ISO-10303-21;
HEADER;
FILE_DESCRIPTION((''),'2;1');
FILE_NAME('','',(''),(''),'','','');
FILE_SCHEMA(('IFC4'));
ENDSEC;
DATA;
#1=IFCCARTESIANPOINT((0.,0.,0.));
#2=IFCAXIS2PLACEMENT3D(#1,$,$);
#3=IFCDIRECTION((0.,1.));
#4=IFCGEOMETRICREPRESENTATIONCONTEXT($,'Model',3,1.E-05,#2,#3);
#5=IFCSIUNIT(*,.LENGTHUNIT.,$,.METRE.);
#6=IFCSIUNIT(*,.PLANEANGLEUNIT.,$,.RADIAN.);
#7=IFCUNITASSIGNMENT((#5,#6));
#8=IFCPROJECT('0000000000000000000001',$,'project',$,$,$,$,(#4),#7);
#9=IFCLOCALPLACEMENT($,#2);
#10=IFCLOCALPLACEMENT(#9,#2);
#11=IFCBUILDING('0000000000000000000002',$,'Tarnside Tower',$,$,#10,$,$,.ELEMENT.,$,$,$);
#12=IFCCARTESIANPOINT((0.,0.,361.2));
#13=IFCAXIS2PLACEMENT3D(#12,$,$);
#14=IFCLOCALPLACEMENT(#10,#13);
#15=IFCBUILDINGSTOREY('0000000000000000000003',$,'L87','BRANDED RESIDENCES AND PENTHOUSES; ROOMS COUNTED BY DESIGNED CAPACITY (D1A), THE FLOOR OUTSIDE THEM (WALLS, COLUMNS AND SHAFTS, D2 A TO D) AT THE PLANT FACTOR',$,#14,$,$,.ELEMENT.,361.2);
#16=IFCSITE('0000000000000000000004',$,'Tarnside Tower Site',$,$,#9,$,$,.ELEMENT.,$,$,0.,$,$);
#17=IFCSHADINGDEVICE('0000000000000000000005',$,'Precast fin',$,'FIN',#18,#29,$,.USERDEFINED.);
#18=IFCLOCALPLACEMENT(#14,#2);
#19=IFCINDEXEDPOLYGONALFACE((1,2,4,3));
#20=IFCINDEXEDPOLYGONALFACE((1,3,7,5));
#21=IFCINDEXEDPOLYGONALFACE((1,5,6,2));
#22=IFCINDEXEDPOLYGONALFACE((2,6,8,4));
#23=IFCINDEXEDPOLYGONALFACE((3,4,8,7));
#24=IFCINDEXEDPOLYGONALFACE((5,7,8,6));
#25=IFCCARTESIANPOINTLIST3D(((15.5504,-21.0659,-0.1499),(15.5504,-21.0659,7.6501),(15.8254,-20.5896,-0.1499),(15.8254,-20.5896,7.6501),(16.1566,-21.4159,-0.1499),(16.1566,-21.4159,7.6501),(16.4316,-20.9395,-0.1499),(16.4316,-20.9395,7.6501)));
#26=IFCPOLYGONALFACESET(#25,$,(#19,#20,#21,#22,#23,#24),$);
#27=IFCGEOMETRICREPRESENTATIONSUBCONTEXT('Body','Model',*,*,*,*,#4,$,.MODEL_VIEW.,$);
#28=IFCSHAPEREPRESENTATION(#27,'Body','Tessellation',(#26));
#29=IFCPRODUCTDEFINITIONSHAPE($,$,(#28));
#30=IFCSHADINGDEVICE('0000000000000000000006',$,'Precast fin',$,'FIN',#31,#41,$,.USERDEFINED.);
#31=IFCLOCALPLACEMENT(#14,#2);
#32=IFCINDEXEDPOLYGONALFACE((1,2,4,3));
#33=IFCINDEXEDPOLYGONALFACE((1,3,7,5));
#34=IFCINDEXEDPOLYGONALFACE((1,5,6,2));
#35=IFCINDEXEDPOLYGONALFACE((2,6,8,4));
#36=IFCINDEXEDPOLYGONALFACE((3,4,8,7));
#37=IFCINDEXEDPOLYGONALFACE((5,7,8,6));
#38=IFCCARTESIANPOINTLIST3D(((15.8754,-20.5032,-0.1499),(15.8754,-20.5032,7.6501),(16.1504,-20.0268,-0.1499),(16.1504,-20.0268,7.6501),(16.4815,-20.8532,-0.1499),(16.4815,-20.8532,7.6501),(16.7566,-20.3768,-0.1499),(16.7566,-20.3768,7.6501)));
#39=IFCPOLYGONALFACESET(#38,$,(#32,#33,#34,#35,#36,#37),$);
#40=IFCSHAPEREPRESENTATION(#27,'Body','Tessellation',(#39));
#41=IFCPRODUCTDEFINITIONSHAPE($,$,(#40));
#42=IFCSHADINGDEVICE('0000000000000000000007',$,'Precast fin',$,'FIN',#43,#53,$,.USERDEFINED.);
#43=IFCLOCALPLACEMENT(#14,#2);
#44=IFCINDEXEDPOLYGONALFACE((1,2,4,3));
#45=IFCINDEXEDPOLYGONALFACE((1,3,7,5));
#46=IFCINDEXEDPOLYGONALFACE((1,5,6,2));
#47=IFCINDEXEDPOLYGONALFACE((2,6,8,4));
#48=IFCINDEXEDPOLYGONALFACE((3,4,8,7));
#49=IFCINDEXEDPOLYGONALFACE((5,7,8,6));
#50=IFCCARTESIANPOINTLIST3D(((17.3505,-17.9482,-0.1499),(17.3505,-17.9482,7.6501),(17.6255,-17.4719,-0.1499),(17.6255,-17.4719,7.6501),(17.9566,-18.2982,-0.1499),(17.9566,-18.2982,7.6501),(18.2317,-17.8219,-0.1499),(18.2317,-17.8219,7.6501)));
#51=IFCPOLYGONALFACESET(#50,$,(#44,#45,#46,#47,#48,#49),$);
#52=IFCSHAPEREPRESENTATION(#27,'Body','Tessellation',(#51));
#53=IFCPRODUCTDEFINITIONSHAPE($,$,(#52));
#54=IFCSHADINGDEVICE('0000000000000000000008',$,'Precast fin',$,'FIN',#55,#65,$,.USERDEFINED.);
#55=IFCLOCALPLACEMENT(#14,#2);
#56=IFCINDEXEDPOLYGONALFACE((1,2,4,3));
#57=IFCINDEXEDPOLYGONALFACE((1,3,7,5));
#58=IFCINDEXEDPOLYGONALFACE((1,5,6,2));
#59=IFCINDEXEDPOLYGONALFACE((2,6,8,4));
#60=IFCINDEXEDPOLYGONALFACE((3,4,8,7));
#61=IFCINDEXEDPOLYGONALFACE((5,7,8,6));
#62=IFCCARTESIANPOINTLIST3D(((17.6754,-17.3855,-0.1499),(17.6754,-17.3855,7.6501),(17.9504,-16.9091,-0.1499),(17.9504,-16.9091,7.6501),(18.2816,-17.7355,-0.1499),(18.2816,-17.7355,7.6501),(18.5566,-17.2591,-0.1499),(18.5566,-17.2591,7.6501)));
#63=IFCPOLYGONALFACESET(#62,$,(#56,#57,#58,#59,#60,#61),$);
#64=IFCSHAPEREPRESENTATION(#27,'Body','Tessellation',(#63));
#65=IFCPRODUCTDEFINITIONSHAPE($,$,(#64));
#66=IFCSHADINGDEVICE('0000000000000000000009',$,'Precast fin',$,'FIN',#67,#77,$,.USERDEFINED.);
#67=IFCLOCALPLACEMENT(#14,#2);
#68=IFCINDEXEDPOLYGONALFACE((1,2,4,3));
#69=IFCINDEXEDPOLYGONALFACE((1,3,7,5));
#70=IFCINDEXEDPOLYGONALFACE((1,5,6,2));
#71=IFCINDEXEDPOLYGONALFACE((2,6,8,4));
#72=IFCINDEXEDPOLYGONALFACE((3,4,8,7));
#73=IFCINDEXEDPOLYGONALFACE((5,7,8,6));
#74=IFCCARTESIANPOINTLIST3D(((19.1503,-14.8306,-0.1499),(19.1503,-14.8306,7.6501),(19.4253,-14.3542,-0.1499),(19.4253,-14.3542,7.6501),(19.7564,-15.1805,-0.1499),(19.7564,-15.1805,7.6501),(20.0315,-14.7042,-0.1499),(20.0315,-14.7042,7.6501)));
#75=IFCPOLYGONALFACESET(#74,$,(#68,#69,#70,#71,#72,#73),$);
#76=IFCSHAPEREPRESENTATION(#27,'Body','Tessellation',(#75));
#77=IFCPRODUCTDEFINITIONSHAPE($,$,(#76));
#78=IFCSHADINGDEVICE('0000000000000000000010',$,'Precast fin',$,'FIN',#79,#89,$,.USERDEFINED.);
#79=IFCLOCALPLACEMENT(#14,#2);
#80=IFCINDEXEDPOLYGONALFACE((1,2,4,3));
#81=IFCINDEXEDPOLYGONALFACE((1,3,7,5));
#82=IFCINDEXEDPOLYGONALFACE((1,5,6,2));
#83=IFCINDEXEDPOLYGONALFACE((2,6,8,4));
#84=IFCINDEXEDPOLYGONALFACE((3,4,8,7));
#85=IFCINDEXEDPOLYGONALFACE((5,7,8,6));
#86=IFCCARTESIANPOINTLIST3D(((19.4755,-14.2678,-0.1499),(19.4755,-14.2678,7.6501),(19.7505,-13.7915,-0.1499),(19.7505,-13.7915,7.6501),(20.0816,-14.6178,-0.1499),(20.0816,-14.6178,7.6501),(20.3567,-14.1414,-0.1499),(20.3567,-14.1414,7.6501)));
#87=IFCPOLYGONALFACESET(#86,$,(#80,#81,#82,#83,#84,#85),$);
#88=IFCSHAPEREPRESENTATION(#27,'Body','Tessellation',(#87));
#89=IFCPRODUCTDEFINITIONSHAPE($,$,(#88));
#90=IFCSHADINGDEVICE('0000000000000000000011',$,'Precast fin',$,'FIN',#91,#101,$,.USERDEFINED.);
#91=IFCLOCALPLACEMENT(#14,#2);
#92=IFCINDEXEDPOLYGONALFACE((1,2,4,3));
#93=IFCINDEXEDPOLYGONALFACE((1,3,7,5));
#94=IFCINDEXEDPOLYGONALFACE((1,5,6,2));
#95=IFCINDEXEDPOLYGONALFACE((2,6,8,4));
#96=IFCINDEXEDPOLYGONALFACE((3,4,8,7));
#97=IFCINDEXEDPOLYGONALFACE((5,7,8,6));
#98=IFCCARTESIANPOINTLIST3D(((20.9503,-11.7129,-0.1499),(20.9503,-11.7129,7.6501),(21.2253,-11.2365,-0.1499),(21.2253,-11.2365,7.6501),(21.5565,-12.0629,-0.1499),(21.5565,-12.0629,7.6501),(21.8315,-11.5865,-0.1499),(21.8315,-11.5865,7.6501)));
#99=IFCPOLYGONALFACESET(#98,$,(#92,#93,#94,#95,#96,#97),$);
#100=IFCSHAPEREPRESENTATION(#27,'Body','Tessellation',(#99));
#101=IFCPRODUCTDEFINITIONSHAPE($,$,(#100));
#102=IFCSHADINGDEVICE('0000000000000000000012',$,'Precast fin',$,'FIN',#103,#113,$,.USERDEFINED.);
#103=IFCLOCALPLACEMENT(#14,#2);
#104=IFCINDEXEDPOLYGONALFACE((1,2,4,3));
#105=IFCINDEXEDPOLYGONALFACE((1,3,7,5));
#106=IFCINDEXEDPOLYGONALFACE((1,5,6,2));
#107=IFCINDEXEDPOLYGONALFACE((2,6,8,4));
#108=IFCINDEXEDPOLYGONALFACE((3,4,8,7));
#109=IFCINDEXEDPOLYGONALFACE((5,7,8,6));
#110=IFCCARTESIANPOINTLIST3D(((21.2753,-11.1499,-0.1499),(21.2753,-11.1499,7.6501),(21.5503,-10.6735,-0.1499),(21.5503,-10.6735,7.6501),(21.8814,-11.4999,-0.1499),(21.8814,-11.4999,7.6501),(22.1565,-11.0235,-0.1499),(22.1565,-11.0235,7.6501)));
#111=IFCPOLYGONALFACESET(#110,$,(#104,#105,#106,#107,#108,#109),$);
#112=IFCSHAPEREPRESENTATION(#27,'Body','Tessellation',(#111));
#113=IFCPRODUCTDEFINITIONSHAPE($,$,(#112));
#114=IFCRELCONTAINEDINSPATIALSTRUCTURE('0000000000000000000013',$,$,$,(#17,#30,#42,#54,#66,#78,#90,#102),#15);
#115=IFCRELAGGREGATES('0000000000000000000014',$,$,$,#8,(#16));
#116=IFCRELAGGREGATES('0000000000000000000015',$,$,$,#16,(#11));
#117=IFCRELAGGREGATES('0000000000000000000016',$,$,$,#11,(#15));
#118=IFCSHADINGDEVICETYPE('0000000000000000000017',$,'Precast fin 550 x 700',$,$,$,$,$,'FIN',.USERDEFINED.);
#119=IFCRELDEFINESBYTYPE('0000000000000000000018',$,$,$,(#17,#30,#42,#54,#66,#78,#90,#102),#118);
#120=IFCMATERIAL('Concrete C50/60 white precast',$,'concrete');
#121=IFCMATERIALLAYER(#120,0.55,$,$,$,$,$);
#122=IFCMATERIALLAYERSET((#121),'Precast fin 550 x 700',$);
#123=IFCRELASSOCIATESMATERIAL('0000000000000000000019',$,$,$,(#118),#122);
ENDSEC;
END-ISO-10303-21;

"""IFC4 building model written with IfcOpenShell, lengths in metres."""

from ifc_helpers import new_model, si_unit, direction, frame, origin, place, context, subcontext, project, spatial, polyline, outline, extrude, material, layer, layer_set, type_object, element, save


model = new_model("IFC4")

# Units and contexts
model_context = context("Model", 3, precision=1e-05, world=origin(), true_north=direction((0.0, 1.0)))
body_context = subcontext(model_context, "Body", "Model", "MODEL_VIEW")
ifc_project = project(units=[si_unit("LENGTHUNIT", "METRE"), si_unit("PLANEANGLEUNIT", "RADIAN")], contexts=[model_context])

# Site, building, storey
site_placement = place(None, origin())
site = spatial("IfcSite", under=ifc_project, at=site_placement, Name="Tarnside Tower Site", CompositionType="ELEMENT", RefElevation=0.0)
building_placement = place(site_placement, origin())
building = spatial("IfcBuilding", under=site, at=building_placement, Name="Tarnside Tower", CompositionType="ELEMENT")
storey_placement = place(building_placement, frame((0.0, 0.0, 361.2)))
storey = spatial("IfcBuildingStorey", under=building, at=storey_placement, Name="L87", Description="BRANDED RESIDENCES AND PENTHOUSES; ROOMS COUNTED BY DESIGNED CAPACITY (D1A), THE FLOOR OUTSIDE THEM (WALLS, COLUMNS AND SHAFTS, D2 A TO D) AT THE PLANT FACTOR", CompositionType="ELEMENT", Elevation=361.2)

# Shading devices
ifc_material_1 = material(Name="Concrete C50/60 white precast", Category="concrete")
ifc_layer_1 = layer(ifc_material_1, 0.55)
ifc_layer_set_1 = layer_set([ifc_layer_1], Name="Precast fin 550 x 700")
shading_device_type_1 = type_object("IfcShadingDeviceType", Name="Precast fin 550 x 700", ElementType="FIN", PredefinedType="USERDEFINED", material=ifc_layer_set_1)
for number, where, z_axis, x_axis, name in (
    (1, (15.688, -20.8276, -0.1499), (-0.5, -0.866025, 0.0), (0.866025, -0.5, 0.0), "Precast fin"),
    (2, (16.0129, -20.2649, -0.1499), (-0.5, -0.866025, 0.0), (0.866025, -0.5, 0.0), "Precast fin"),
    (3, (17.488, -17.71, -0.1499), (-0.5, -0.866025, 0.0), (0.866025, -0.5, 0.0), "Precast fin"),
    (4, (17.813, -17.1472, -0.1499), (-0.5, -0.866025, 0.0), (0.866025, -0.5, 0.0), "Precast fin"),
    (5, (19.2878, -14.5923, -0.1499), (-0.5, -0.866025, 0.0), (0.866025, -0.5, 0.0), "Precast fin"),
    (6, (19.613, -14.0295, -0.1499), (-0.5, -0.866025, 0.0), (0.866025, -0.5, 0.0), "Precast fin"),
    (7, (21.0879, -11.4746, -0.1499), (-0.5, -0.866025, 0.0), (0.866025, -0.5, 0.0), "Precast fin"),
    (8, (21.4128, -10.9116, -0.1499), (-0.5, -0.866025, 0.0), (0.866025, -0.5, 0.0), "Precast fin"),
):
    element("IfcShadingDevice", number, at=place(storey_placement, frame(where, z_axis=z_axis, x_axis=x_axis)), inside=storey, type_object=shading_device_type_1, Name=name, ObjectType="FIN", PredefinedType="USERDEFINED", context=body_context, shape_type="SweptSolid", body=[
        extrude(outline(polyline([(0.0, 0.0), (0.7, 0.0), (0.7, 7.8), (0.0, 7.8), (0.0, 0.0)])), frame((0.0, 0.0, -0.2749)), (0.0, 0.0, 1.0), 0.55),
    ])

save(model, "model.ifc")
